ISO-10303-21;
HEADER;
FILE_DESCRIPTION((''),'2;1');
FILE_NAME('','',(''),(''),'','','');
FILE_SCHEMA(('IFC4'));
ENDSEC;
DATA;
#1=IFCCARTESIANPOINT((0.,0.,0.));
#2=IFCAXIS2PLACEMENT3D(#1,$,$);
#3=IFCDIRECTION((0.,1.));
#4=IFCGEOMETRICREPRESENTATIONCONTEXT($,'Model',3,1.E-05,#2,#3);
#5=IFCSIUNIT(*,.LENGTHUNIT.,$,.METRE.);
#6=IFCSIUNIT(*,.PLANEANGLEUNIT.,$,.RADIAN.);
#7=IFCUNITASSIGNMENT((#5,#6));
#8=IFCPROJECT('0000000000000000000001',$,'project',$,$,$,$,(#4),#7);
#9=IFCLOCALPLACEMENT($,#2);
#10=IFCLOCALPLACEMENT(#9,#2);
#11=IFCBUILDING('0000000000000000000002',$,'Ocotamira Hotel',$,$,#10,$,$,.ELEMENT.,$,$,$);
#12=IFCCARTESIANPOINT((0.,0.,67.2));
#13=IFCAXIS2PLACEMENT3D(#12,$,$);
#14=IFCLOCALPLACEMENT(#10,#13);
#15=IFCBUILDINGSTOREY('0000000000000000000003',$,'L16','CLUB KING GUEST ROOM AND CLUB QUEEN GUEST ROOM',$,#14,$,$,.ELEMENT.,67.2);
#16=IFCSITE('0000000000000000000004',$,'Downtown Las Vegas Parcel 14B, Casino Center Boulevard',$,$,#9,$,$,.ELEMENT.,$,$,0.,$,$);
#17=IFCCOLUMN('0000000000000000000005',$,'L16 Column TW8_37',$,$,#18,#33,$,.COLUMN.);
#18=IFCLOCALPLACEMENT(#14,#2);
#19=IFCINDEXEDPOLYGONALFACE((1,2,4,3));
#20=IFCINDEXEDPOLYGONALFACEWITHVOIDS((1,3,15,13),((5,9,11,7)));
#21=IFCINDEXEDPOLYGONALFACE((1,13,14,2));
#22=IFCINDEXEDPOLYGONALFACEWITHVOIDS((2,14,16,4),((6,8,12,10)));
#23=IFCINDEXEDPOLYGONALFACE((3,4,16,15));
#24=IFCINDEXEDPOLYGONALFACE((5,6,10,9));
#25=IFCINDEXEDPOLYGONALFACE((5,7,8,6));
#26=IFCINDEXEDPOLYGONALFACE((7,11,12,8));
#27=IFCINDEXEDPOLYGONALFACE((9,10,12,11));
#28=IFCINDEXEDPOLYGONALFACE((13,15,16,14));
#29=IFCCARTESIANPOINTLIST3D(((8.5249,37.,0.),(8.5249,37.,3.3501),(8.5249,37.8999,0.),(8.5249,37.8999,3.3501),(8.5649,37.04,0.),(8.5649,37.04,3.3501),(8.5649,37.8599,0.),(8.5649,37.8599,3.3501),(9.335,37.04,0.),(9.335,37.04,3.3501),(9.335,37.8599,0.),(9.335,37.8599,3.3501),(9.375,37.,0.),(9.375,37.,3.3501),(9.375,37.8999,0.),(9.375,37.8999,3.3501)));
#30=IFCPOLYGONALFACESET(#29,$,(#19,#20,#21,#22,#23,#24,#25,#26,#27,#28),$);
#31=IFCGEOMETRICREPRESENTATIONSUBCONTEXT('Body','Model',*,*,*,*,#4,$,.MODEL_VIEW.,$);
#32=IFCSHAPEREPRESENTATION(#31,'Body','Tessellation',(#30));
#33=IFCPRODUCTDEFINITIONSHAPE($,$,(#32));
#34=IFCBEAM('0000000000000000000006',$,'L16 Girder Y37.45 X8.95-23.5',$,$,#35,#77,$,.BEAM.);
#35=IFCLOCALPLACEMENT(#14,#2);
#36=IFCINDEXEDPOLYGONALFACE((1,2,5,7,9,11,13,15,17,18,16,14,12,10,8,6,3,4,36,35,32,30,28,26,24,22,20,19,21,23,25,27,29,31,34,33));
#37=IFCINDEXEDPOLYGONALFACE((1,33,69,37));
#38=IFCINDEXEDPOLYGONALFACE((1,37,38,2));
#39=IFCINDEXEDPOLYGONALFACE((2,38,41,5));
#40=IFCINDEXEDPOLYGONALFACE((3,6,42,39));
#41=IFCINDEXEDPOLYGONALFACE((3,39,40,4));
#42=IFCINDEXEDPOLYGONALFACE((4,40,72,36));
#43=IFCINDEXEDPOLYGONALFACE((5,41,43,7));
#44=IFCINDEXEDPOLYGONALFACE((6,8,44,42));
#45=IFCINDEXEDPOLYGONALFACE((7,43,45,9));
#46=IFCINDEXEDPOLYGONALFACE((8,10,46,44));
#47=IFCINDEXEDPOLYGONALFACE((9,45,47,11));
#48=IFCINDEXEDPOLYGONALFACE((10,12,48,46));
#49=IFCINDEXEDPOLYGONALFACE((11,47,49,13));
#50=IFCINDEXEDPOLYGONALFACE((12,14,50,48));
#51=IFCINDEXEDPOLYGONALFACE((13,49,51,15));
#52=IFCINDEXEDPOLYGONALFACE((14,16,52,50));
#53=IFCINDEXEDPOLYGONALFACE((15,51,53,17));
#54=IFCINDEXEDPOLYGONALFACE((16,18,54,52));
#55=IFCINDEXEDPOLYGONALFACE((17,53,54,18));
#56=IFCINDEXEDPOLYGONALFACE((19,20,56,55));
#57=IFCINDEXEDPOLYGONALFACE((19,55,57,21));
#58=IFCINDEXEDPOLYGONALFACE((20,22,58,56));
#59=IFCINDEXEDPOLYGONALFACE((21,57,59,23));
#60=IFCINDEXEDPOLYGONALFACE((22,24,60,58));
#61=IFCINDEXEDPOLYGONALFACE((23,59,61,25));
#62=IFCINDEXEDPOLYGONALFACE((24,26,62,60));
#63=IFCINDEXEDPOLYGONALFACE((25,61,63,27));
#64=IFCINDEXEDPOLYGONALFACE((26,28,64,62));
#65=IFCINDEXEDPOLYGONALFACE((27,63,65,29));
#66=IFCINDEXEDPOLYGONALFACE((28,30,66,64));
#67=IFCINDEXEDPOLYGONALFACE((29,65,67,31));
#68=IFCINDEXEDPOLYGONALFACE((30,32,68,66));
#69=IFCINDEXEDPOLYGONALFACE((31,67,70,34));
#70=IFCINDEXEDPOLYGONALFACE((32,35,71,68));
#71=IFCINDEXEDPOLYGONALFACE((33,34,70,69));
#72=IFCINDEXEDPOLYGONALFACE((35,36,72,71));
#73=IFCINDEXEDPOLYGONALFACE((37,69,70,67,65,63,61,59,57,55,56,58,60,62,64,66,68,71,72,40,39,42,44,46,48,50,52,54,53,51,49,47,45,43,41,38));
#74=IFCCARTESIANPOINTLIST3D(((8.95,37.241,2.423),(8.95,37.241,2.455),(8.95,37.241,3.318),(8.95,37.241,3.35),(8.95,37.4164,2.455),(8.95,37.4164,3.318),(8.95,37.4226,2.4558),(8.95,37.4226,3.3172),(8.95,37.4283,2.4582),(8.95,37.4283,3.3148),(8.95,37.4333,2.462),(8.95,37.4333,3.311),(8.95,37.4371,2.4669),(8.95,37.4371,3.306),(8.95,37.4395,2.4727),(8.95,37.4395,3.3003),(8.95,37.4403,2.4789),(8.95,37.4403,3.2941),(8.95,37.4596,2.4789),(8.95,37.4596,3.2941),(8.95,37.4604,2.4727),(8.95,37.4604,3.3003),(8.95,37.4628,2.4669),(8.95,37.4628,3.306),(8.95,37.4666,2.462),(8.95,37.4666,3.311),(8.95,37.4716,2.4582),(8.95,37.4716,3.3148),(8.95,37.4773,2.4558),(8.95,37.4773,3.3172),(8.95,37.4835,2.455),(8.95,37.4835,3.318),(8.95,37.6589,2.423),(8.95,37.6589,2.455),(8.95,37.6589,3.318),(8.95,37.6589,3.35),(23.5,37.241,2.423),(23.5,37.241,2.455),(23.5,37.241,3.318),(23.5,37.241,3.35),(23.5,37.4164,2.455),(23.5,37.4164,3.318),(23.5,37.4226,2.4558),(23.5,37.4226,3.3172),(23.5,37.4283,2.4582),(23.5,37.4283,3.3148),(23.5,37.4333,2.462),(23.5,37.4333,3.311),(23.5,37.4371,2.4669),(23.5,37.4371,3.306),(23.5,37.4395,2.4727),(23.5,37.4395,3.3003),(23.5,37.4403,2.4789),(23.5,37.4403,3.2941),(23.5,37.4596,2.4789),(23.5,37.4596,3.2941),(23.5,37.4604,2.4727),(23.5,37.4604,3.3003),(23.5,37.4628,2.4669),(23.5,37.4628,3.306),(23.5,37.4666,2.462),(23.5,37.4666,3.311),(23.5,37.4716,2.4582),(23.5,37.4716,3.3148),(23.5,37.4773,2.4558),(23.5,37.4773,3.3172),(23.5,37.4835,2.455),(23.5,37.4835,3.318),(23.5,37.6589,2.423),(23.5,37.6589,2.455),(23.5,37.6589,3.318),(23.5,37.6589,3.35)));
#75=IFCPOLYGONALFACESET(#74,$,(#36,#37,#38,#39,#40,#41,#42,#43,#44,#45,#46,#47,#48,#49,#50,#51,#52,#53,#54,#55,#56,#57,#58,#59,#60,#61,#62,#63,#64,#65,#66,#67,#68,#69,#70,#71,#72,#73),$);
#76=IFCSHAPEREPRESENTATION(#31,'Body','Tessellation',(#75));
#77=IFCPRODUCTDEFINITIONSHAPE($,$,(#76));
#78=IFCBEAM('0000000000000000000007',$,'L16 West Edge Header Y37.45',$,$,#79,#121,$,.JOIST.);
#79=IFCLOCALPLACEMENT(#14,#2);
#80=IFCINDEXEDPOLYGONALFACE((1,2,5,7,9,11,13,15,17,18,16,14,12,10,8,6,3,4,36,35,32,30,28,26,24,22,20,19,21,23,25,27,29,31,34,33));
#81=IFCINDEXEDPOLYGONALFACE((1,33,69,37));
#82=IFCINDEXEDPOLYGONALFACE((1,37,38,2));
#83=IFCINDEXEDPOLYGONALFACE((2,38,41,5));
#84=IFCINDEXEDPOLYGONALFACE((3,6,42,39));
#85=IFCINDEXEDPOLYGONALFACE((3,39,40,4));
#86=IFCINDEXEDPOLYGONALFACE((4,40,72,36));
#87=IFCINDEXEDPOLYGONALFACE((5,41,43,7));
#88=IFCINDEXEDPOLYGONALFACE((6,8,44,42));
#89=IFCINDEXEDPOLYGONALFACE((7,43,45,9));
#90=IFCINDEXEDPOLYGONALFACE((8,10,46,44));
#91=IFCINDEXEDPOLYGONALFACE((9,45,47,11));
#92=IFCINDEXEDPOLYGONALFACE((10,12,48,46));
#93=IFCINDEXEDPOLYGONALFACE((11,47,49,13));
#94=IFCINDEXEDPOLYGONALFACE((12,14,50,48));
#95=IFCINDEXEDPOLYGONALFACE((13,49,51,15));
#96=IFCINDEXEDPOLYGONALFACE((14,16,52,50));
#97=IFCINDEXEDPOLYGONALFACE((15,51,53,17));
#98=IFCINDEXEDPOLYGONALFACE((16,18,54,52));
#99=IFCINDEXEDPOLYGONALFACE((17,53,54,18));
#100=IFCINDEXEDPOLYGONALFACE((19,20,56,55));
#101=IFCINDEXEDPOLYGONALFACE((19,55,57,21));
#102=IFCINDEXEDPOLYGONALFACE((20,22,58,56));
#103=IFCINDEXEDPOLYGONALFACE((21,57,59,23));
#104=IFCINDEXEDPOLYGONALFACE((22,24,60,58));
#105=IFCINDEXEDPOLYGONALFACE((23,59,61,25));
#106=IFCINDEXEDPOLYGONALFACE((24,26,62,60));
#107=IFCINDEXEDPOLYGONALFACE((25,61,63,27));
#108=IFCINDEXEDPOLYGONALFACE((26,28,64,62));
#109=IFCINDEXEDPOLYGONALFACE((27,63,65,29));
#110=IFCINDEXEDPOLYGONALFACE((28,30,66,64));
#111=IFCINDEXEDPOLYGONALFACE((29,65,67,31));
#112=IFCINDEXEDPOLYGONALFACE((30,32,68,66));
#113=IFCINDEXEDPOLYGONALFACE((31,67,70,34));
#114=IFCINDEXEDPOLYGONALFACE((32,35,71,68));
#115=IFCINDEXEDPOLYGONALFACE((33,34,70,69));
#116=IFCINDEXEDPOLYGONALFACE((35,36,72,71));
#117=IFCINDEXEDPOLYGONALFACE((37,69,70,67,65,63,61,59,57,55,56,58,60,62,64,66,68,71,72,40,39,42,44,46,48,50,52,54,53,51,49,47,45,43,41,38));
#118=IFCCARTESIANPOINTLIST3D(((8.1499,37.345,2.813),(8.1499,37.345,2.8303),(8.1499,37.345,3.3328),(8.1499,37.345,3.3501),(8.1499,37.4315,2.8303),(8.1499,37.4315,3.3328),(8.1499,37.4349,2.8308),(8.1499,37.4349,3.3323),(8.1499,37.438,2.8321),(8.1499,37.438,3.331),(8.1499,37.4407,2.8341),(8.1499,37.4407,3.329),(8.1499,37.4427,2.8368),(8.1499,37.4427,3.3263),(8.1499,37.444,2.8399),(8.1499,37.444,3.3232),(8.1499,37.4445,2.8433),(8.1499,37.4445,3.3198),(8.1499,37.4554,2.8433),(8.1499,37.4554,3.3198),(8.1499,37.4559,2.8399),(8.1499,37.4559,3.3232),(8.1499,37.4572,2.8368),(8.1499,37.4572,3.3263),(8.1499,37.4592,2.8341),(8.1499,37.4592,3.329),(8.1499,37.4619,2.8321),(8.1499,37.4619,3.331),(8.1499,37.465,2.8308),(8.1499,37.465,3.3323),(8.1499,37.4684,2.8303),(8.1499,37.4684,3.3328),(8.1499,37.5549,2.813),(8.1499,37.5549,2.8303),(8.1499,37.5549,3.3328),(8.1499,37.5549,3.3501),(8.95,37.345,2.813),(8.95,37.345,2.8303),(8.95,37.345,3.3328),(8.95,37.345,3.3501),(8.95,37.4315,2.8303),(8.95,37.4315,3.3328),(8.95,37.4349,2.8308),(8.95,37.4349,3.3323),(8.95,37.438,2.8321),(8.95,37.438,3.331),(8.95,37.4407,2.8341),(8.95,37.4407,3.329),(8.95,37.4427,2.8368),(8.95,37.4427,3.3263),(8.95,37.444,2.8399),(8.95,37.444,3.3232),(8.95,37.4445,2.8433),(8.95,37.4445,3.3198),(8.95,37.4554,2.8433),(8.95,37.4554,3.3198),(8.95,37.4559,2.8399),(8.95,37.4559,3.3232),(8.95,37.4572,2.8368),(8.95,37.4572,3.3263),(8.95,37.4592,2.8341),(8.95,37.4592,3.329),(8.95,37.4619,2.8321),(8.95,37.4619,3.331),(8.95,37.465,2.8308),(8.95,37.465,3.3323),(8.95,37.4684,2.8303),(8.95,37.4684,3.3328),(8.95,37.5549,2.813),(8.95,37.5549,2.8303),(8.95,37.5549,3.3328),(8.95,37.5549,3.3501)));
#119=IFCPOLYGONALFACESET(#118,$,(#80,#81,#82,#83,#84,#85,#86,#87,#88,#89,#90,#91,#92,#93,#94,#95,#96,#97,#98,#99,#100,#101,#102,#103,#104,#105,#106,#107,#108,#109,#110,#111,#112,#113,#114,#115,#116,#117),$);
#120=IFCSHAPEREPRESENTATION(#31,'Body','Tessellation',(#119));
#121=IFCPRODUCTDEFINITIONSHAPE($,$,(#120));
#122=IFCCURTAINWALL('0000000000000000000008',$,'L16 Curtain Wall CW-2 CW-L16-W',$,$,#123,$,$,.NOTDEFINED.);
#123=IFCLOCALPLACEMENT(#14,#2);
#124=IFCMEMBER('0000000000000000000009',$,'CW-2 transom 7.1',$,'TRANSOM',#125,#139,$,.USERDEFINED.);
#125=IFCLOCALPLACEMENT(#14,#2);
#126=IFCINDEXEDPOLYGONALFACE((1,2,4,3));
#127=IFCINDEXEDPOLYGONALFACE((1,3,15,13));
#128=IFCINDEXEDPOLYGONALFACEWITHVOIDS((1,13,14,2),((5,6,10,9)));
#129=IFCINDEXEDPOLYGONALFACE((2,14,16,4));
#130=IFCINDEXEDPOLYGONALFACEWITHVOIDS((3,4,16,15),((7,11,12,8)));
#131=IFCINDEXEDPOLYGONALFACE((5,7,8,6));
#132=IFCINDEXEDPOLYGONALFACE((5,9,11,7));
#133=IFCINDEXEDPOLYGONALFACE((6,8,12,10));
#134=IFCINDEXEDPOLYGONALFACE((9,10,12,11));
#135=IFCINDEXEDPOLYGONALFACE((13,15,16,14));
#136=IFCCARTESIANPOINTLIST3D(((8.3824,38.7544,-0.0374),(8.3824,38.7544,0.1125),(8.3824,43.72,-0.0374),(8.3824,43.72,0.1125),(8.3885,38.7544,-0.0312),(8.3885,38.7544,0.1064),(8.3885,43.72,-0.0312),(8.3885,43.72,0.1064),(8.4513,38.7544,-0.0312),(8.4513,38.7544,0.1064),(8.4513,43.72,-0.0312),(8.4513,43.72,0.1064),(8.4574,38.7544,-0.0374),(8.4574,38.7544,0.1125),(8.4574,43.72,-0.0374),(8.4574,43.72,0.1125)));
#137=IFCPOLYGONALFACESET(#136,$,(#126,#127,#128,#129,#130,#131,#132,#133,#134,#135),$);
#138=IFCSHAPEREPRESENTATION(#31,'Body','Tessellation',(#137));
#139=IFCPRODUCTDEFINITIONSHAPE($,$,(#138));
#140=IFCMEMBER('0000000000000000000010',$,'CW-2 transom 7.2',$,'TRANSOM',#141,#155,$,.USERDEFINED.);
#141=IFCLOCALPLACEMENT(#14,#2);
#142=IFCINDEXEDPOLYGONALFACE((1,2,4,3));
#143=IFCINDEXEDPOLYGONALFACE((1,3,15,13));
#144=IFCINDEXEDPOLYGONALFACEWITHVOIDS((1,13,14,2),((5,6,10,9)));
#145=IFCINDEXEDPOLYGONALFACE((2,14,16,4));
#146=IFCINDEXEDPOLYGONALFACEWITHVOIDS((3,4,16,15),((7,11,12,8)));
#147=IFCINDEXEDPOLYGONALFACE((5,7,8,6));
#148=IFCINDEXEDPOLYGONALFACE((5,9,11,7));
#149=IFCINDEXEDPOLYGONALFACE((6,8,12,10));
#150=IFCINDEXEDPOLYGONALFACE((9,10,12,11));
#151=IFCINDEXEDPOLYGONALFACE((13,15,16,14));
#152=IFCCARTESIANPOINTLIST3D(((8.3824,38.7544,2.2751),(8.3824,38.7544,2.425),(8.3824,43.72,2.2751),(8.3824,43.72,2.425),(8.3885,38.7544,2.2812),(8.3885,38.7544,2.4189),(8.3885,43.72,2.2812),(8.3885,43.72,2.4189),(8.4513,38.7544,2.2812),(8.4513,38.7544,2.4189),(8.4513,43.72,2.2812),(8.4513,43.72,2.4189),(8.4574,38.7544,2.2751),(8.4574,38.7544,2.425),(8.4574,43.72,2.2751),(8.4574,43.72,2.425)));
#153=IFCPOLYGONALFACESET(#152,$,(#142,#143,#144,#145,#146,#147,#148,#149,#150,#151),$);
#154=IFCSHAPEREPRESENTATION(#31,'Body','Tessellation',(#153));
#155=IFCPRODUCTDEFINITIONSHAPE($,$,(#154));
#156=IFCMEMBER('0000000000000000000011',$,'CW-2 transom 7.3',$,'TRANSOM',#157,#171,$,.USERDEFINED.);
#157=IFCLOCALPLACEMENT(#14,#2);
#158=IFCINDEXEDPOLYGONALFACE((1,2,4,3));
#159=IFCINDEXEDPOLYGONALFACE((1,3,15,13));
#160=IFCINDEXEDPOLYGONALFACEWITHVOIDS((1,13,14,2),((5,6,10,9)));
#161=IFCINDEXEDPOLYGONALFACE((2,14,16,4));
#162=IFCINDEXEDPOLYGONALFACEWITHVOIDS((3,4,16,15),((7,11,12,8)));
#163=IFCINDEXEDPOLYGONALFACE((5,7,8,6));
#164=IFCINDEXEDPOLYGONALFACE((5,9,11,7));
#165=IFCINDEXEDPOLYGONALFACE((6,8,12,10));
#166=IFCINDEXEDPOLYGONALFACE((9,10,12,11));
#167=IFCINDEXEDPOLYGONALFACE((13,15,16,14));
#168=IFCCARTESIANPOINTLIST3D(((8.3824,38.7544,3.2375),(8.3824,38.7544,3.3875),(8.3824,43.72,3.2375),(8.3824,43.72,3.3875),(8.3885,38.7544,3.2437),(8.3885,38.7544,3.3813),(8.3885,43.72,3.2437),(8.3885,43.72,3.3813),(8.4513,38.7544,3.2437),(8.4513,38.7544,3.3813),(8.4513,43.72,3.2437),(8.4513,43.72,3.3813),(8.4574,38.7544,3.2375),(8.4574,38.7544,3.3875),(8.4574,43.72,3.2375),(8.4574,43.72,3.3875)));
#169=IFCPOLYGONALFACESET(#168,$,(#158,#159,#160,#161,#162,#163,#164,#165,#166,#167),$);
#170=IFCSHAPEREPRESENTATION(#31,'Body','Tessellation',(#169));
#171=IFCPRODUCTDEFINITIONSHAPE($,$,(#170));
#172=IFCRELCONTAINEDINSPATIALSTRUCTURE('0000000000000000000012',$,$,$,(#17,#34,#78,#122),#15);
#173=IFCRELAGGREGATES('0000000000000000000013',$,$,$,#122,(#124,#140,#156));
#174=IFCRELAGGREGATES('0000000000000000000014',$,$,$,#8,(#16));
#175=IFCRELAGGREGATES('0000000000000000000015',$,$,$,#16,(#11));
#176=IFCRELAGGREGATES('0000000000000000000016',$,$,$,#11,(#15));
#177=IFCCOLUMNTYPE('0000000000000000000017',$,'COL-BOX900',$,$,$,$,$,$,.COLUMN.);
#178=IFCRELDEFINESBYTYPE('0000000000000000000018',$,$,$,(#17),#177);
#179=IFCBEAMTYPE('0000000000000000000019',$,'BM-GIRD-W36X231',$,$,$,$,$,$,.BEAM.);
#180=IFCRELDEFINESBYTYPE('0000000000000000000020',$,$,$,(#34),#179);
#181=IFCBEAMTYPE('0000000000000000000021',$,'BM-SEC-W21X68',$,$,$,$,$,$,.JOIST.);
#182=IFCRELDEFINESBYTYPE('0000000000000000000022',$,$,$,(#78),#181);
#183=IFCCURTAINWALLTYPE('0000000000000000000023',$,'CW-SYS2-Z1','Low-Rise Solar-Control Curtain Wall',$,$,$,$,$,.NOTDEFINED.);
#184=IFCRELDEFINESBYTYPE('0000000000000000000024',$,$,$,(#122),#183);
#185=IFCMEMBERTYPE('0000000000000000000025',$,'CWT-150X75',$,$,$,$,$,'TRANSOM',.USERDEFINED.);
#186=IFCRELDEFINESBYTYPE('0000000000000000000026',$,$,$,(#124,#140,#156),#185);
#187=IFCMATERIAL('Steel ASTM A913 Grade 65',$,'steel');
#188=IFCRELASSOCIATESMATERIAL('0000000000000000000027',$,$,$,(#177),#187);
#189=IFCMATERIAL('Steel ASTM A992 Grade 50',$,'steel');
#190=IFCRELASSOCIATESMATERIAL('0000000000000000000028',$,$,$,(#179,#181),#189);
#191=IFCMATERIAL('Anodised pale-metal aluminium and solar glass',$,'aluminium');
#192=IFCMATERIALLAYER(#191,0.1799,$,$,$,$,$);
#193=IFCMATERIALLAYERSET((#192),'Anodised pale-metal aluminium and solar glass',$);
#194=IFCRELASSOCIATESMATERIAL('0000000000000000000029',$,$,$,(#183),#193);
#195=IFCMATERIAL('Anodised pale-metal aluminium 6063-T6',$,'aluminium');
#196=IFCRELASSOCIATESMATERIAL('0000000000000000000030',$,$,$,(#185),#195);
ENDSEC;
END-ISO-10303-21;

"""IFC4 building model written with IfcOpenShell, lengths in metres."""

from ifc_helpers import new_model, si_unit, direction, frame, origin, origin_2d, place, context, subcontext, project, spatial, hollow_rectangle, i_section, extrude, source, transform, mapped, material, layer, layer_set, material_profile, profile_set, type_object, element, aggregate, save


model = new_model("IFC4")

# Units and contexts
model_context = context("Model", 3, precision=1e-05, world=origin(), true_north=direction((0.0, 1.0)))
body_context = subcontext(model_context, "Body", "Model", "MODEL_VIEW")
ifc_project = project(units=[si_unit("LENGTHUNIT", "METRE"), si_unit("PLANEANGLEUNIT", "RADIAN")], contexts=[model_context])

# Site, building, storey
site_placement = place(None, origin())
site = spatial("IfcSite", under=ifc_project, at=site_placement, Name="Downtown Las Vegas Parcel 14B, Casino Center Boulevard", CompositionType="ELEMENT", RefElevation=0.0)
building_placement = place(site_placement, origin())
building = spatial("IfcBuilding", under=site, at=building_placement, Name="Ocotamira Hotel", CompositionType="ELEMENT")
storey_placement = place(building_placement, frame((0.0, 0.0, 67.2)))
storey = spatial("IfcBuildingStorey", under=building, at=storey_placement, Name="L16", Description="CLUB KING GUEST ROOM AND CLUB QUEEN GUEST ROOM", CompositionType="ELEMENT", Elevation=67.2)

# Column
ifc_material_1 = material(Name="Steel ASTM A913 Grade 65", Category="steel")
ifc_material_profile_1 = material_profile(ifc_material_1, hollow_rectangle(XDim=0.8501, YDim=0.8999, WallThickness=0.04, at=origin_2d()), Name="BOX900X850X40")
ifc_profile_set_1 = profile_set([ifc_material_profile_1], Name="Steel ASTM A913 Grade 65")
column_type = type_object("IfcColumnType", Name="COL-BOX900", PredefinedType="COLUMN", material=ifc_profile_set_1)
shared_shape_1 = source(origin(), body_context, "Body", "SweptSolid", [
    extrude(hollow_rectangle(XDim=0.8501, YDim=0.8999, WallThickness=0.04, at=origin_2d()), origin(), (0.0, 0.0, 1.0), 3.3501),
])
column_placement = place(storey_placement, frame((8.95, 37.45, 0.0), z_axis=(0.0, 0.0, 1.0), x_axis=(1.0, 0.0, 0.0)))
element("IfcColumn", 1, at=column_placement, inside=storey, type_object=column_type, Name="L16 Column TW8_37", PredefinedType="COLUMN", context=body_context, shape_type="MappedRepresentation", body=[
    mapped(shared_shape_1, transform((0.0, 0.0, 0.0), scale=1.0)),
])

# Beams
ifc_material_2 = material(Name="Steel ASTM A992 Grade 50", Category="steel")
ifc_material_profile_2 = material_profile(ifc_material_2, i_section(OverallWidth=0.418, OverallDepth=0.927, WebThickness=0.0193, FlangeThickness=0.032, FilletRadius=0.0239, at=origin_2d()), Name="W36X231")
ifc_profile_set_2 = profile_set([ifc_material_profile_2], Name="Steel ASTM A992 Grade 50")
beam_type_1 = type_object("IfcBeamType", Name="BM-GIRD-W36X231", PredefinedType="BEAM", material=ifc_profile_set_2)
shared_shape_2 = source(origin(), body_context, "Body", "SweptSolid", [
    extrude(i_section(OverallWidth=0.418, OverallDepth=0.927, WebThickness=0.0193, FlangeThickness=0.032, FilletRadius=0.0239, at=origin_2d()), origin(), (0.0, 0.0, 1.0), 14.55),
])
beam_1_placement = place(storey_placement, frame((8.95, 37.45, 2.8865), z_axis=(1.0, 0.0, 0.0), x_axis=(0.0, 1.0, 0.0)))
element("IfcBeam", 2, at=beam_1_placement, inside=storey, type_object=beam_type_1, Name="L16 Girder Y37.45 X8.95-23.5", PredefinedType="BEAM", context=body_context, shape_type="MappedRepresentation", body=[
    mapped(shared_shape_2, transform((0.0, 0.0, 0.0), scale=1.0)),
])
ifc_material_profile_3 = material_profile(ifc_material_2, i_section(OverallWidth=0.21, OverallDepth=0.5371, WebThickness=0.011, FlangeThickness=0.0173, FilletRadius=0.0129, at=origin_2d()), Name="W21X68")
ifc_profile_set_3 = profile_set([ifc_material_profile_3], Name="Steel ASTM A992 Grade 50")
beam_type_2 = type_object("IfcBeamType", Name="BM-SEC-W21X68", PredefinedType="JOIST", material=ifc_profile_set_3)
shared_shape_3 = source(origin(), body_context, "Body", "SweptSolid", [
    extrude(i_section(OverallWidth=0.21, OverallDepth=0.5371, WebThickness=0.011, FlangeThickness=0.0173, FilletRadius=0.0129, at=origin_2d()), origin(), (0.0, 0.0, 1.0), 0.8),
])
beam_2_placement = place(storey_placement, frame((8.95, 37.45, 3.0815), z_axis=(-1.0, 0.0, 0.0), x_axis=(0.0, -1.0, 0.0)))
element("IfcBeam", 3, at=beam_2_placement, inside=storey, type_object=beam_type_2, Name="L16 West Edge Header Y37.45", PredefinedType="JOIST", context=body_context, shape_type="MappedRepresentation", body=[
    mapped(shared_shape_3, transform((0.0, 0.0, 0.0), scale=1.0)),
])

# Curtain wall, members
ifc_material_3 = material(Name="Anodised pale-metal aluminium and solar glass", Category="aluminium")
ifc_layer_1 = layer(ifc_material_3, 0.1799)
ifc_layer_set_1 = layer_set([ifc_layer_1], Name="Anodised pale-metal aluminium and solar glass")
curtain_wall_type = type_object("IfcCurtainWallType", Name="CW-SYS2-Z1", Description="Low-Rise Solar-Control Curtain Wall", PredefinedType="NOTDEFINED", material=ifc_layer_set_1)
curtain_wall_placement = place(storey_placement, origin())
curtain_wall = element("IfcCurtainWall", 4, at=curtain_wall_placement, inside=storey, type_object=curtain_wall_type, Name="L16 Curtain Wall CW-2 CW-L16-W", PredefinedType="NOTDEFINED")
ifc_material_4 = material(Name="Anodised pale-metal aluminium 6063-T6", Category="aluminium")
ifc_material_profile_4 = material_profile(ifc_material_4, hollow_rectangle(XDim=0.075, YDim=0.1499, WallThickness=0.0061, at=origin_2d()), Name="HSS150X75X6")
ifc_profile_set_4 = profile_set([ifc_material_profile_4], Name="Anodised pale-metal aluminium 6063-T6")
member_type_1 = type_object("IfcMemberType", Name="CWT-150X75", ElementType="TRANSOM", PredefinedType="USERDEFINED", material=ifc_profile_set_4)
shared_shape_4 = source(origin(), body_context, "Body", "SweptSolid", [
    extrude(hollow_rectangle(XDim=0.075, YDim=0.1499, WallThickness=0.0061, at=origin_2d()), origin(), (0.0, 0.0, 1.0), 4.9656),
])
member_1_placement = place(storey_placement, frame((8.4199, 38.7544, 0.0376), z_axis=(0.0, 1.0, 0.0), x_axis=(-1.0, 0.0, 0.0)))
member_1 = element("IfcMember", 5, at=member_1_placement, type_object=member_type_1, Name="CW-2 transom 7.1", ObjectType="TRANSOM", PredefinedType="USERDEFINED", context=body_context, shape_type="MappedRepresentation", body=[
    mapped(shared_shape_4, transform((0.0, 0.0, 0.0), scale=1.0)),
])
member_2_placement = place(storey_placement, frame((8.4199, 38.7544, 2.3501), z_axis=(0.0, 1.0, 0.0), x_axis=(-1.0, 0.0, 0.0)))
member_2 = element("IfcMember", 6, at=member_2_placement, type_object=member_type_1, Name="CW-2 transom 7.2", ObjectType="TRANSOM", PredefinedType="USERDEFINED", context=body_context, shape_type="MappedRepresentation", body=[
    mapped(shared_shape_4, transform((0.0, 0.0, 0.0), scale=1.0)),
])
member_3_placement = place(storey_placement, frame((8.4199, 38.7544, 3.3125), z_axis=(0.0, 1.0, 0.0), x_axis=(-1.0, 0.0, 0.0)))
member_3 = element("IfcMember", 7, at=member_3_placement, type_object=member_type_1, Name="CW-2 transom 7.3", ObjectType="TRANSOM", PredefinedType="USERDEFINED", context=body_context, shape_type="MappedRepresentation", body=[
    mapped(shared_shape_4, transform((0.0, 0.0, 0.0), scale=1.0)),
])

aggregate(curtain_wall, [member_1, member_2, member_3])

save(model, "model.ifc")
